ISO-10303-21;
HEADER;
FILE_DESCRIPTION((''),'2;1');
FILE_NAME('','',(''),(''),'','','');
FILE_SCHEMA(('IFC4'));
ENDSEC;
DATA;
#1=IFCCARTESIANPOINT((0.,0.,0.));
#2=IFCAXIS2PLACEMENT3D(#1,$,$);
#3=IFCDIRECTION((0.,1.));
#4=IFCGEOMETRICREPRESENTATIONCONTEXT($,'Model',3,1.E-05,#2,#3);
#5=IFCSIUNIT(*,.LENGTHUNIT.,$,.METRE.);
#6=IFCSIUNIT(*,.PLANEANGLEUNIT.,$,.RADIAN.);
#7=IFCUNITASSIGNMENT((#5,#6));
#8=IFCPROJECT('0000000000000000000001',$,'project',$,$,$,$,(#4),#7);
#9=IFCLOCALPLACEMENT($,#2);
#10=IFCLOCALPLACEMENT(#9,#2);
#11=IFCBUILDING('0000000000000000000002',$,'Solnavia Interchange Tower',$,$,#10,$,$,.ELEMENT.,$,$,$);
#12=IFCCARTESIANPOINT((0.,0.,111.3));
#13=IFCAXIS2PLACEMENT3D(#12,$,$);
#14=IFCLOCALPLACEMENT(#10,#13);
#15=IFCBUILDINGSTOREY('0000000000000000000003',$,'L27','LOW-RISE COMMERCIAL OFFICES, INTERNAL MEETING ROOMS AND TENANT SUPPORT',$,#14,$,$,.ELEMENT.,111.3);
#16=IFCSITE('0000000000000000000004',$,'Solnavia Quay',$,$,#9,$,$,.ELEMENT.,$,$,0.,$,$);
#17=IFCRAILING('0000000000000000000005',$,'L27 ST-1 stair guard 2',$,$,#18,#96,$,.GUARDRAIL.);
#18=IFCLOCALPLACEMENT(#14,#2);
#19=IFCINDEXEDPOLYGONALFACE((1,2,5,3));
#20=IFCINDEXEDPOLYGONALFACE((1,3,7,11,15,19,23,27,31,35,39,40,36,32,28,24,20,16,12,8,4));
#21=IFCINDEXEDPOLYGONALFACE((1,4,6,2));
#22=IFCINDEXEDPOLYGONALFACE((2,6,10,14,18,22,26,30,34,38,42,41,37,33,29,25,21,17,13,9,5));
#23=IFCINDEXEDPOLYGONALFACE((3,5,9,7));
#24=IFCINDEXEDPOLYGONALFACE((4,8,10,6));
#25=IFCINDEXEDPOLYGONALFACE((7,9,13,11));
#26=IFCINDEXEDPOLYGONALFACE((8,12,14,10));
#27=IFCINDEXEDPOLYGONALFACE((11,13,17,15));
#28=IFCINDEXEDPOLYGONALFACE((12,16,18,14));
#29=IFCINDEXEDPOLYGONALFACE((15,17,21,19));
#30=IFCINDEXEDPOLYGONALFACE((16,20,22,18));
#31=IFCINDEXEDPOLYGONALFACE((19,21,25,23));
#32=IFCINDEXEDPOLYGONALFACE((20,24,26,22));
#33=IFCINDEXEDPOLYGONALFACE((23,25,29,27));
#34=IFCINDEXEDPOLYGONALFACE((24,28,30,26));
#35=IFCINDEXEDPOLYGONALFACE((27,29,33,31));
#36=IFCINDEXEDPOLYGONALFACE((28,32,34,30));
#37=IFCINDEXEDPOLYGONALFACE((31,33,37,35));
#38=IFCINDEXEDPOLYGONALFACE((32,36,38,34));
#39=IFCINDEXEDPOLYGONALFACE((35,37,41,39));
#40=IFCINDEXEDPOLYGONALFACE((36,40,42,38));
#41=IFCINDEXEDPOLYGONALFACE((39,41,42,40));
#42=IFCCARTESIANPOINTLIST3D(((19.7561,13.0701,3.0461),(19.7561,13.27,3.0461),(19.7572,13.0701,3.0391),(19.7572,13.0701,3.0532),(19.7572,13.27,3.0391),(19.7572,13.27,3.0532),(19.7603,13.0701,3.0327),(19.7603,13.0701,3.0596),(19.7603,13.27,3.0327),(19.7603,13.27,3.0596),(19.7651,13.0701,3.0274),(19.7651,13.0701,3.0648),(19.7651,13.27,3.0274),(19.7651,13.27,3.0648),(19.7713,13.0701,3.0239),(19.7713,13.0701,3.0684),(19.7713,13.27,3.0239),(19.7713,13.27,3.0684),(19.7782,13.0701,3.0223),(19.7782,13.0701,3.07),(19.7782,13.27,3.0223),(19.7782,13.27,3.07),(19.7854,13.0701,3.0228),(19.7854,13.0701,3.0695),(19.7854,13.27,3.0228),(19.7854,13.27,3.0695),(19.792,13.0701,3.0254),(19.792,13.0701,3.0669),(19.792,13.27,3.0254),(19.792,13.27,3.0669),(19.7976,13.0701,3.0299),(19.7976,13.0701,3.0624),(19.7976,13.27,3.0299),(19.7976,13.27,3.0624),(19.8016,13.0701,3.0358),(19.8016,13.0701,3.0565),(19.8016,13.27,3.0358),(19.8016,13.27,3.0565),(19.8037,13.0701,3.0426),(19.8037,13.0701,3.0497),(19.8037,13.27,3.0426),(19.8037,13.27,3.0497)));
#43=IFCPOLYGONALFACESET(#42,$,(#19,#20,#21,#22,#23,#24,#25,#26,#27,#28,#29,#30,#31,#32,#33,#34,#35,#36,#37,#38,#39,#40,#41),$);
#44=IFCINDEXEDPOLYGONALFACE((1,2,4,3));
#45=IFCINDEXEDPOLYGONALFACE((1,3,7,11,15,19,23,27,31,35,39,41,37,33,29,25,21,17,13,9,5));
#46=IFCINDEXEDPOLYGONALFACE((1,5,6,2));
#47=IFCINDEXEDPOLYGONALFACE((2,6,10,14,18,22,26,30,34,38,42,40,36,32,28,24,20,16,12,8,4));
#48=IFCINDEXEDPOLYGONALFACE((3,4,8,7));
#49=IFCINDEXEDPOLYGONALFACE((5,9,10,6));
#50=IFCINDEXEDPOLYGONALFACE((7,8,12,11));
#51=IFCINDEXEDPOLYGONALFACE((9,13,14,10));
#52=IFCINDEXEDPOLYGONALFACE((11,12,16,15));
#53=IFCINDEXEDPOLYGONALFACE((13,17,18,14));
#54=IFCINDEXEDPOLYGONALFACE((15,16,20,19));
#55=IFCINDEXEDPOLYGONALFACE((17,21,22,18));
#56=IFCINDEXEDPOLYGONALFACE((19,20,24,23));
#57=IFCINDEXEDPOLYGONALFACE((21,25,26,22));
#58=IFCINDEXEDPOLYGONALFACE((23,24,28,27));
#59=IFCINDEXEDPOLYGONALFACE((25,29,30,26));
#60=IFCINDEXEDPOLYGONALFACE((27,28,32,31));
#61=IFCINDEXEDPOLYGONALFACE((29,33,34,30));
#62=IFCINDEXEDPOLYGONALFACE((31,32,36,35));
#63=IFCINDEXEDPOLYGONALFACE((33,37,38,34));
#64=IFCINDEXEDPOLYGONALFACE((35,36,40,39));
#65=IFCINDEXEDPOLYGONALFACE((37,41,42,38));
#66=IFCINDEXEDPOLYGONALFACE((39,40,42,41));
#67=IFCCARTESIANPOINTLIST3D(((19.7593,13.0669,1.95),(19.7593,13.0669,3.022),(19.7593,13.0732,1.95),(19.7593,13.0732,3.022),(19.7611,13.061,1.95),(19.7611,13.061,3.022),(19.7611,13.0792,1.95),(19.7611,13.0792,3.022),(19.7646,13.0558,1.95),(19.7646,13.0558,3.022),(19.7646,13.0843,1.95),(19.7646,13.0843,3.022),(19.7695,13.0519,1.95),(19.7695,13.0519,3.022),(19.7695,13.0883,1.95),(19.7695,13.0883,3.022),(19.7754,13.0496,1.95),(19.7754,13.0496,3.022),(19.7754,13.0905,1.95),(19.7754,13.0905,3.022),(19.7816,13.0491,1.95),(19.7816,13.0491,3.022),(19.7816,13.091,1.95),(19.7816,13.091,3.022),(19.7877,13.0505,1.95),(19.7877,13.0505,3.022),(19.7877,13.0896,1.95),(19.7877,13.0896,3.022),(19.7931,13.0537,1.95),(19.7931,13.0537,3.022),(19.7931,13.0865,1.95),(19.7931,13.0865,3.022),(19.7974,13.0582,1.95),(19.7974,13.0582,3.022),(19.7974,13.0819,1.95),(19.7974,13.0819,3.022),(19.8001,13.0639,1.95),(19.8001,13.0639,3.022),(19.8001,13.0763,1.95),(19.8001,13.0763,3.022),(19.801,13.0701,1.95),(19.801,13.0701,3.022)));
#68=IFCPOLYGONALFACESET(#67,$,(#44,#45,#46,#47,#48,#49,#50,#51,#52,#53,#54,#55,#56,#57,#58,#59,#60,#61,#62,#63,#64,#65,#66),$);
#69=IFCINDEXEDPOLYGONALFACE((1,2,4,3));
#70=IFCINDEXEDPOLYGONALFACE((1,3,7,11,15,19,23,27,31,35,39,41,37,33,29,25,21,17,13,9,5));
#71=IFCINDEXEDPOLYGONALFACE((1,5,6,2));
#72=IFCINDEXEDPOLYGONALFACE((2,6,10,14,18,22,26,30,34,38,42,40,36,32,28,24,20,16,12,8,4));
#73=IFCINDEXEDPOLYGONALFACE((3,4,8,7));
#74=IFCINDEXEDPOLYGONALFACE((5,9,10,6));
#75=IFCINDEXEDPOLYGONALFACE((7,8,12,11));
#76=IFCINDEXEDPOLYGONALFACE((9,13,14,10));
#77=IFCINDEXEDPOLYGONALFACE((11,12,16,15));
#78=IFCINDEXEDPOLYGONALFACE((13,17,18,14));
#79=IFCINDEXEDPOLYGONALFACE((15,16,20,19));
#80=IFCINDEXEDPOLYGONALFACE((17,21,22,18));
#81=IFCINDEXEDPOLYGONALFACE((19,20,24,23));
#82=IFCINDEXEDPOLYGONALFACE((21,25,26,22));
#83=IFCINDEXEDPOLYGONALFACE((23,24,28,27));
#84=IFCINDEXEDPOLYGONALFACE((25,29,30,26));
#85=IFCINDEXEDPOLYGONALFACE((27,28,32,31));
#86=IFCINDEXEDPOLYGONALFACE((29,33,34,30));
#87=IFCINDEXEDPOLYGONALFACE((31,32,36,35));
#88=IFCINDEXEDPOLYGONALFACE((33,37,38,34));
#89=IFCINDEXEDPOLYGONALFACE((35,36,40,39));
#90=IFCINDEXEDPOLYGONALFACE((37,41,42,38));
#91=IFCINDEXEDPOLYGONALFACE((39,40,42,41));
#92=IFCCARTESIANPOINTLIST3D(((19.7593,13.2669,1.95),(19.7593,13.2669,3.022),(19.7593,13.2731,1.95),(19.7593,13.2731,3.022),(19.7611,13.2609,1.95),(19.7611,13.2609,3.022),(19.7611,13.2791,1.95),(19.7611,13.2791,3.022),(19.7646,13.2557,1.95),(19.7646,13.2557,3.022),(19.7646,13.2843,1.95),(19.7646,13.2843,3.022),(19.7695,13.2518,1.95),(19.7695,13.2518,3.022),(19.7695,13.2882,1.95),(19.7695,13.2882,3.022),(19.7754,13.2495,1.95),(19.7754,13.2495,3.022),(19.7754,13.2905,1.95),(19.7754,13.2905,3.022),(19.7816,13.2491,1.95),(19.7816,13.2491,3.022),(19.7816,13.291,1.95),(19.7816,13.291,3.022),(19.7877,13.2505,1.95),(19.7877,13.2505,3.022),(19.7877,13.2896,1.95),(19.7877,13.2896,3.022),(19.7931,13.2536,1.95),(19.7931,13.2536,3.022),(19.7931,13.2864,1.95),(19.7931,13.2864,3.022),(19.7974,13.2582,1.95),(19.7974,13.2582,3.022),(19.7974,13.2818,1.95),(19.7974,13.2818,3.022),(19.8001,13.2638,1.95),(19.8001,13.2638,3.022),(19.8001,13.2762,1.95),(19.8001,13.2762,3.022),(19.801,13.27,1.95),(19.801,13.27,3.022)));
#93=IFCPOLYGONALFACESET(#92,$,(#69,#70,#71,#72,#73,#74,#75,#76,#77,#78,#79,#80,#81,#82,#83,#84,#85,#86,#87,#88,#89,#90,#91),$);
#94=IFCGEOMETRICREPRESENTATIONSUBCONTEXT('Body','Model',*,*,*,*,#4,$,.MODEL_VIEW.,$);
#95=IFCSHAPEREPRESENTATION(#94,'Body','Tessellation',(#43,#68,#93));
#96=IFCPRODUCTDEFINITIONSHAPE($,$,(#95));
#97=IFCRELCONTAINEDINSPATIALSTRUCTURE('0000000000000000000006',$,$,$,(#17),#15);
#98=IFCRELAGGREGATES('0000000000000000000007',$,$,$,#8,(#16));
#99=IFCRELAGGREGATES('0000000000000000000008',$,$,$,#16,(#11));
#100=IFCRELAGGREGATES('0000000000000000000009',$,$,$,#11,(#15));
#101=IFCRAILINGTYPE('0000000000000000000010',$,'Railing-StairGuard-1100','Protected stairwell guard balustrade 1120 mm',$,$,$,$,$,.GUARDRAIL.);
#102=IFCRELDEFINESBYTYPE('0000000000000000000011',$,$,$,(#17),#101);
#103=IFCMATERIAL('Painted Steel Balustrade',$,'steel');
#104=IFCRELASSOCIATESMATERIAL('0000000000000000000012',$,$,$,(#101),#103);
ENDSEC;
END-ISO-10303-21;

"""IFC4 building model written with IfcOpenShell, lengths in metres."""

from ifc_helpers import new_model, si_unit, direction, frame, origin, origin_2d, place, context, subcontext, project, spatial, circle, extrude, material, type_object, element, save


model = new_model("IFC4")

# Units and contexts
model_context = context("Model", 3, precision=1e-05, world=origin(), true_north=direction((0.0, 1.0)))
body_context = subcontext(model_context, "Body", "Model", "MODEL_VIEW")
ifc_project = project(units=[si_unit("LENGTHUNIT", "METRE"), si_unit("PLANEANGLEUNIT", "RADIAN")], contexts=[model_context])

# Site, building, storey
site_placement = place(None, origin())
site = spatial("IfcSite", under=ifc_project, at=site_placement, Name="Solnavia Quay", CompositionType="ELEMENT", RefElevation=0.0)
building_placement = place(site_placement, origin())
building = spatial("IfcBuilding", under=site, at=building_placement, Name="Solnavia Interchange Tower", CompositionType="ELEMENT")
storey_placement = place(building_placement, frame((0.0, 0.0, 111.3)))
storey = spatial("IfcBuildingStorey", under=building, at=storey_placement, Name="L27", Description="LOW-RISE COMMERCIAL OFFICES, INTERNAL MEETING ROOMS AND TENANT SUPPORT", CompositionType="ELEMENT", Elevation=111.3)

# Railing
ifc_material_1 = material(Name="Painted Steel Balustrade", Category="steel")
railing_type_1 = type_object("IfcRailingType", Name="Railing-StairGuard-1100", Description="Protected stairwell guard balustrade 1120 mm", PredefinedType="GUARDRAIL", material=ifc_material_1)
railing_1_placement = place(storey_placement, frame((19.78, 13.0701, 1.95)))
element("IfcRailing", 1, at=railing_1_placement, inside=storey, type_object=railing_type_1, Name="L27 ST-1 stair guard 2", PredefinedType="GUARDRAIL", context=body_context, shape_type="SweptSolid", body=[
    extrude(circle(Radius=0.0239, at=origin_2d()), frame((0.0, 0.0, 1.0962), z_axis=(0.0, 1.0, 0.0), x_axis=(-1.0, 0.0, 0.0)), (0.0, 0.0, 1.0), 0.2),
    extrude(circle(Radius=0.021, at=origin_2d()), origin(), (0.0, 0.0, 1.0), 1.072),
    extrude(circle(Radius=0.021, at=origin_2d()), frame((0.0, 0.2, 0.0)), (0.0, 0.0, 1.0), 1.072),
])

save(model, "model.ifc")
